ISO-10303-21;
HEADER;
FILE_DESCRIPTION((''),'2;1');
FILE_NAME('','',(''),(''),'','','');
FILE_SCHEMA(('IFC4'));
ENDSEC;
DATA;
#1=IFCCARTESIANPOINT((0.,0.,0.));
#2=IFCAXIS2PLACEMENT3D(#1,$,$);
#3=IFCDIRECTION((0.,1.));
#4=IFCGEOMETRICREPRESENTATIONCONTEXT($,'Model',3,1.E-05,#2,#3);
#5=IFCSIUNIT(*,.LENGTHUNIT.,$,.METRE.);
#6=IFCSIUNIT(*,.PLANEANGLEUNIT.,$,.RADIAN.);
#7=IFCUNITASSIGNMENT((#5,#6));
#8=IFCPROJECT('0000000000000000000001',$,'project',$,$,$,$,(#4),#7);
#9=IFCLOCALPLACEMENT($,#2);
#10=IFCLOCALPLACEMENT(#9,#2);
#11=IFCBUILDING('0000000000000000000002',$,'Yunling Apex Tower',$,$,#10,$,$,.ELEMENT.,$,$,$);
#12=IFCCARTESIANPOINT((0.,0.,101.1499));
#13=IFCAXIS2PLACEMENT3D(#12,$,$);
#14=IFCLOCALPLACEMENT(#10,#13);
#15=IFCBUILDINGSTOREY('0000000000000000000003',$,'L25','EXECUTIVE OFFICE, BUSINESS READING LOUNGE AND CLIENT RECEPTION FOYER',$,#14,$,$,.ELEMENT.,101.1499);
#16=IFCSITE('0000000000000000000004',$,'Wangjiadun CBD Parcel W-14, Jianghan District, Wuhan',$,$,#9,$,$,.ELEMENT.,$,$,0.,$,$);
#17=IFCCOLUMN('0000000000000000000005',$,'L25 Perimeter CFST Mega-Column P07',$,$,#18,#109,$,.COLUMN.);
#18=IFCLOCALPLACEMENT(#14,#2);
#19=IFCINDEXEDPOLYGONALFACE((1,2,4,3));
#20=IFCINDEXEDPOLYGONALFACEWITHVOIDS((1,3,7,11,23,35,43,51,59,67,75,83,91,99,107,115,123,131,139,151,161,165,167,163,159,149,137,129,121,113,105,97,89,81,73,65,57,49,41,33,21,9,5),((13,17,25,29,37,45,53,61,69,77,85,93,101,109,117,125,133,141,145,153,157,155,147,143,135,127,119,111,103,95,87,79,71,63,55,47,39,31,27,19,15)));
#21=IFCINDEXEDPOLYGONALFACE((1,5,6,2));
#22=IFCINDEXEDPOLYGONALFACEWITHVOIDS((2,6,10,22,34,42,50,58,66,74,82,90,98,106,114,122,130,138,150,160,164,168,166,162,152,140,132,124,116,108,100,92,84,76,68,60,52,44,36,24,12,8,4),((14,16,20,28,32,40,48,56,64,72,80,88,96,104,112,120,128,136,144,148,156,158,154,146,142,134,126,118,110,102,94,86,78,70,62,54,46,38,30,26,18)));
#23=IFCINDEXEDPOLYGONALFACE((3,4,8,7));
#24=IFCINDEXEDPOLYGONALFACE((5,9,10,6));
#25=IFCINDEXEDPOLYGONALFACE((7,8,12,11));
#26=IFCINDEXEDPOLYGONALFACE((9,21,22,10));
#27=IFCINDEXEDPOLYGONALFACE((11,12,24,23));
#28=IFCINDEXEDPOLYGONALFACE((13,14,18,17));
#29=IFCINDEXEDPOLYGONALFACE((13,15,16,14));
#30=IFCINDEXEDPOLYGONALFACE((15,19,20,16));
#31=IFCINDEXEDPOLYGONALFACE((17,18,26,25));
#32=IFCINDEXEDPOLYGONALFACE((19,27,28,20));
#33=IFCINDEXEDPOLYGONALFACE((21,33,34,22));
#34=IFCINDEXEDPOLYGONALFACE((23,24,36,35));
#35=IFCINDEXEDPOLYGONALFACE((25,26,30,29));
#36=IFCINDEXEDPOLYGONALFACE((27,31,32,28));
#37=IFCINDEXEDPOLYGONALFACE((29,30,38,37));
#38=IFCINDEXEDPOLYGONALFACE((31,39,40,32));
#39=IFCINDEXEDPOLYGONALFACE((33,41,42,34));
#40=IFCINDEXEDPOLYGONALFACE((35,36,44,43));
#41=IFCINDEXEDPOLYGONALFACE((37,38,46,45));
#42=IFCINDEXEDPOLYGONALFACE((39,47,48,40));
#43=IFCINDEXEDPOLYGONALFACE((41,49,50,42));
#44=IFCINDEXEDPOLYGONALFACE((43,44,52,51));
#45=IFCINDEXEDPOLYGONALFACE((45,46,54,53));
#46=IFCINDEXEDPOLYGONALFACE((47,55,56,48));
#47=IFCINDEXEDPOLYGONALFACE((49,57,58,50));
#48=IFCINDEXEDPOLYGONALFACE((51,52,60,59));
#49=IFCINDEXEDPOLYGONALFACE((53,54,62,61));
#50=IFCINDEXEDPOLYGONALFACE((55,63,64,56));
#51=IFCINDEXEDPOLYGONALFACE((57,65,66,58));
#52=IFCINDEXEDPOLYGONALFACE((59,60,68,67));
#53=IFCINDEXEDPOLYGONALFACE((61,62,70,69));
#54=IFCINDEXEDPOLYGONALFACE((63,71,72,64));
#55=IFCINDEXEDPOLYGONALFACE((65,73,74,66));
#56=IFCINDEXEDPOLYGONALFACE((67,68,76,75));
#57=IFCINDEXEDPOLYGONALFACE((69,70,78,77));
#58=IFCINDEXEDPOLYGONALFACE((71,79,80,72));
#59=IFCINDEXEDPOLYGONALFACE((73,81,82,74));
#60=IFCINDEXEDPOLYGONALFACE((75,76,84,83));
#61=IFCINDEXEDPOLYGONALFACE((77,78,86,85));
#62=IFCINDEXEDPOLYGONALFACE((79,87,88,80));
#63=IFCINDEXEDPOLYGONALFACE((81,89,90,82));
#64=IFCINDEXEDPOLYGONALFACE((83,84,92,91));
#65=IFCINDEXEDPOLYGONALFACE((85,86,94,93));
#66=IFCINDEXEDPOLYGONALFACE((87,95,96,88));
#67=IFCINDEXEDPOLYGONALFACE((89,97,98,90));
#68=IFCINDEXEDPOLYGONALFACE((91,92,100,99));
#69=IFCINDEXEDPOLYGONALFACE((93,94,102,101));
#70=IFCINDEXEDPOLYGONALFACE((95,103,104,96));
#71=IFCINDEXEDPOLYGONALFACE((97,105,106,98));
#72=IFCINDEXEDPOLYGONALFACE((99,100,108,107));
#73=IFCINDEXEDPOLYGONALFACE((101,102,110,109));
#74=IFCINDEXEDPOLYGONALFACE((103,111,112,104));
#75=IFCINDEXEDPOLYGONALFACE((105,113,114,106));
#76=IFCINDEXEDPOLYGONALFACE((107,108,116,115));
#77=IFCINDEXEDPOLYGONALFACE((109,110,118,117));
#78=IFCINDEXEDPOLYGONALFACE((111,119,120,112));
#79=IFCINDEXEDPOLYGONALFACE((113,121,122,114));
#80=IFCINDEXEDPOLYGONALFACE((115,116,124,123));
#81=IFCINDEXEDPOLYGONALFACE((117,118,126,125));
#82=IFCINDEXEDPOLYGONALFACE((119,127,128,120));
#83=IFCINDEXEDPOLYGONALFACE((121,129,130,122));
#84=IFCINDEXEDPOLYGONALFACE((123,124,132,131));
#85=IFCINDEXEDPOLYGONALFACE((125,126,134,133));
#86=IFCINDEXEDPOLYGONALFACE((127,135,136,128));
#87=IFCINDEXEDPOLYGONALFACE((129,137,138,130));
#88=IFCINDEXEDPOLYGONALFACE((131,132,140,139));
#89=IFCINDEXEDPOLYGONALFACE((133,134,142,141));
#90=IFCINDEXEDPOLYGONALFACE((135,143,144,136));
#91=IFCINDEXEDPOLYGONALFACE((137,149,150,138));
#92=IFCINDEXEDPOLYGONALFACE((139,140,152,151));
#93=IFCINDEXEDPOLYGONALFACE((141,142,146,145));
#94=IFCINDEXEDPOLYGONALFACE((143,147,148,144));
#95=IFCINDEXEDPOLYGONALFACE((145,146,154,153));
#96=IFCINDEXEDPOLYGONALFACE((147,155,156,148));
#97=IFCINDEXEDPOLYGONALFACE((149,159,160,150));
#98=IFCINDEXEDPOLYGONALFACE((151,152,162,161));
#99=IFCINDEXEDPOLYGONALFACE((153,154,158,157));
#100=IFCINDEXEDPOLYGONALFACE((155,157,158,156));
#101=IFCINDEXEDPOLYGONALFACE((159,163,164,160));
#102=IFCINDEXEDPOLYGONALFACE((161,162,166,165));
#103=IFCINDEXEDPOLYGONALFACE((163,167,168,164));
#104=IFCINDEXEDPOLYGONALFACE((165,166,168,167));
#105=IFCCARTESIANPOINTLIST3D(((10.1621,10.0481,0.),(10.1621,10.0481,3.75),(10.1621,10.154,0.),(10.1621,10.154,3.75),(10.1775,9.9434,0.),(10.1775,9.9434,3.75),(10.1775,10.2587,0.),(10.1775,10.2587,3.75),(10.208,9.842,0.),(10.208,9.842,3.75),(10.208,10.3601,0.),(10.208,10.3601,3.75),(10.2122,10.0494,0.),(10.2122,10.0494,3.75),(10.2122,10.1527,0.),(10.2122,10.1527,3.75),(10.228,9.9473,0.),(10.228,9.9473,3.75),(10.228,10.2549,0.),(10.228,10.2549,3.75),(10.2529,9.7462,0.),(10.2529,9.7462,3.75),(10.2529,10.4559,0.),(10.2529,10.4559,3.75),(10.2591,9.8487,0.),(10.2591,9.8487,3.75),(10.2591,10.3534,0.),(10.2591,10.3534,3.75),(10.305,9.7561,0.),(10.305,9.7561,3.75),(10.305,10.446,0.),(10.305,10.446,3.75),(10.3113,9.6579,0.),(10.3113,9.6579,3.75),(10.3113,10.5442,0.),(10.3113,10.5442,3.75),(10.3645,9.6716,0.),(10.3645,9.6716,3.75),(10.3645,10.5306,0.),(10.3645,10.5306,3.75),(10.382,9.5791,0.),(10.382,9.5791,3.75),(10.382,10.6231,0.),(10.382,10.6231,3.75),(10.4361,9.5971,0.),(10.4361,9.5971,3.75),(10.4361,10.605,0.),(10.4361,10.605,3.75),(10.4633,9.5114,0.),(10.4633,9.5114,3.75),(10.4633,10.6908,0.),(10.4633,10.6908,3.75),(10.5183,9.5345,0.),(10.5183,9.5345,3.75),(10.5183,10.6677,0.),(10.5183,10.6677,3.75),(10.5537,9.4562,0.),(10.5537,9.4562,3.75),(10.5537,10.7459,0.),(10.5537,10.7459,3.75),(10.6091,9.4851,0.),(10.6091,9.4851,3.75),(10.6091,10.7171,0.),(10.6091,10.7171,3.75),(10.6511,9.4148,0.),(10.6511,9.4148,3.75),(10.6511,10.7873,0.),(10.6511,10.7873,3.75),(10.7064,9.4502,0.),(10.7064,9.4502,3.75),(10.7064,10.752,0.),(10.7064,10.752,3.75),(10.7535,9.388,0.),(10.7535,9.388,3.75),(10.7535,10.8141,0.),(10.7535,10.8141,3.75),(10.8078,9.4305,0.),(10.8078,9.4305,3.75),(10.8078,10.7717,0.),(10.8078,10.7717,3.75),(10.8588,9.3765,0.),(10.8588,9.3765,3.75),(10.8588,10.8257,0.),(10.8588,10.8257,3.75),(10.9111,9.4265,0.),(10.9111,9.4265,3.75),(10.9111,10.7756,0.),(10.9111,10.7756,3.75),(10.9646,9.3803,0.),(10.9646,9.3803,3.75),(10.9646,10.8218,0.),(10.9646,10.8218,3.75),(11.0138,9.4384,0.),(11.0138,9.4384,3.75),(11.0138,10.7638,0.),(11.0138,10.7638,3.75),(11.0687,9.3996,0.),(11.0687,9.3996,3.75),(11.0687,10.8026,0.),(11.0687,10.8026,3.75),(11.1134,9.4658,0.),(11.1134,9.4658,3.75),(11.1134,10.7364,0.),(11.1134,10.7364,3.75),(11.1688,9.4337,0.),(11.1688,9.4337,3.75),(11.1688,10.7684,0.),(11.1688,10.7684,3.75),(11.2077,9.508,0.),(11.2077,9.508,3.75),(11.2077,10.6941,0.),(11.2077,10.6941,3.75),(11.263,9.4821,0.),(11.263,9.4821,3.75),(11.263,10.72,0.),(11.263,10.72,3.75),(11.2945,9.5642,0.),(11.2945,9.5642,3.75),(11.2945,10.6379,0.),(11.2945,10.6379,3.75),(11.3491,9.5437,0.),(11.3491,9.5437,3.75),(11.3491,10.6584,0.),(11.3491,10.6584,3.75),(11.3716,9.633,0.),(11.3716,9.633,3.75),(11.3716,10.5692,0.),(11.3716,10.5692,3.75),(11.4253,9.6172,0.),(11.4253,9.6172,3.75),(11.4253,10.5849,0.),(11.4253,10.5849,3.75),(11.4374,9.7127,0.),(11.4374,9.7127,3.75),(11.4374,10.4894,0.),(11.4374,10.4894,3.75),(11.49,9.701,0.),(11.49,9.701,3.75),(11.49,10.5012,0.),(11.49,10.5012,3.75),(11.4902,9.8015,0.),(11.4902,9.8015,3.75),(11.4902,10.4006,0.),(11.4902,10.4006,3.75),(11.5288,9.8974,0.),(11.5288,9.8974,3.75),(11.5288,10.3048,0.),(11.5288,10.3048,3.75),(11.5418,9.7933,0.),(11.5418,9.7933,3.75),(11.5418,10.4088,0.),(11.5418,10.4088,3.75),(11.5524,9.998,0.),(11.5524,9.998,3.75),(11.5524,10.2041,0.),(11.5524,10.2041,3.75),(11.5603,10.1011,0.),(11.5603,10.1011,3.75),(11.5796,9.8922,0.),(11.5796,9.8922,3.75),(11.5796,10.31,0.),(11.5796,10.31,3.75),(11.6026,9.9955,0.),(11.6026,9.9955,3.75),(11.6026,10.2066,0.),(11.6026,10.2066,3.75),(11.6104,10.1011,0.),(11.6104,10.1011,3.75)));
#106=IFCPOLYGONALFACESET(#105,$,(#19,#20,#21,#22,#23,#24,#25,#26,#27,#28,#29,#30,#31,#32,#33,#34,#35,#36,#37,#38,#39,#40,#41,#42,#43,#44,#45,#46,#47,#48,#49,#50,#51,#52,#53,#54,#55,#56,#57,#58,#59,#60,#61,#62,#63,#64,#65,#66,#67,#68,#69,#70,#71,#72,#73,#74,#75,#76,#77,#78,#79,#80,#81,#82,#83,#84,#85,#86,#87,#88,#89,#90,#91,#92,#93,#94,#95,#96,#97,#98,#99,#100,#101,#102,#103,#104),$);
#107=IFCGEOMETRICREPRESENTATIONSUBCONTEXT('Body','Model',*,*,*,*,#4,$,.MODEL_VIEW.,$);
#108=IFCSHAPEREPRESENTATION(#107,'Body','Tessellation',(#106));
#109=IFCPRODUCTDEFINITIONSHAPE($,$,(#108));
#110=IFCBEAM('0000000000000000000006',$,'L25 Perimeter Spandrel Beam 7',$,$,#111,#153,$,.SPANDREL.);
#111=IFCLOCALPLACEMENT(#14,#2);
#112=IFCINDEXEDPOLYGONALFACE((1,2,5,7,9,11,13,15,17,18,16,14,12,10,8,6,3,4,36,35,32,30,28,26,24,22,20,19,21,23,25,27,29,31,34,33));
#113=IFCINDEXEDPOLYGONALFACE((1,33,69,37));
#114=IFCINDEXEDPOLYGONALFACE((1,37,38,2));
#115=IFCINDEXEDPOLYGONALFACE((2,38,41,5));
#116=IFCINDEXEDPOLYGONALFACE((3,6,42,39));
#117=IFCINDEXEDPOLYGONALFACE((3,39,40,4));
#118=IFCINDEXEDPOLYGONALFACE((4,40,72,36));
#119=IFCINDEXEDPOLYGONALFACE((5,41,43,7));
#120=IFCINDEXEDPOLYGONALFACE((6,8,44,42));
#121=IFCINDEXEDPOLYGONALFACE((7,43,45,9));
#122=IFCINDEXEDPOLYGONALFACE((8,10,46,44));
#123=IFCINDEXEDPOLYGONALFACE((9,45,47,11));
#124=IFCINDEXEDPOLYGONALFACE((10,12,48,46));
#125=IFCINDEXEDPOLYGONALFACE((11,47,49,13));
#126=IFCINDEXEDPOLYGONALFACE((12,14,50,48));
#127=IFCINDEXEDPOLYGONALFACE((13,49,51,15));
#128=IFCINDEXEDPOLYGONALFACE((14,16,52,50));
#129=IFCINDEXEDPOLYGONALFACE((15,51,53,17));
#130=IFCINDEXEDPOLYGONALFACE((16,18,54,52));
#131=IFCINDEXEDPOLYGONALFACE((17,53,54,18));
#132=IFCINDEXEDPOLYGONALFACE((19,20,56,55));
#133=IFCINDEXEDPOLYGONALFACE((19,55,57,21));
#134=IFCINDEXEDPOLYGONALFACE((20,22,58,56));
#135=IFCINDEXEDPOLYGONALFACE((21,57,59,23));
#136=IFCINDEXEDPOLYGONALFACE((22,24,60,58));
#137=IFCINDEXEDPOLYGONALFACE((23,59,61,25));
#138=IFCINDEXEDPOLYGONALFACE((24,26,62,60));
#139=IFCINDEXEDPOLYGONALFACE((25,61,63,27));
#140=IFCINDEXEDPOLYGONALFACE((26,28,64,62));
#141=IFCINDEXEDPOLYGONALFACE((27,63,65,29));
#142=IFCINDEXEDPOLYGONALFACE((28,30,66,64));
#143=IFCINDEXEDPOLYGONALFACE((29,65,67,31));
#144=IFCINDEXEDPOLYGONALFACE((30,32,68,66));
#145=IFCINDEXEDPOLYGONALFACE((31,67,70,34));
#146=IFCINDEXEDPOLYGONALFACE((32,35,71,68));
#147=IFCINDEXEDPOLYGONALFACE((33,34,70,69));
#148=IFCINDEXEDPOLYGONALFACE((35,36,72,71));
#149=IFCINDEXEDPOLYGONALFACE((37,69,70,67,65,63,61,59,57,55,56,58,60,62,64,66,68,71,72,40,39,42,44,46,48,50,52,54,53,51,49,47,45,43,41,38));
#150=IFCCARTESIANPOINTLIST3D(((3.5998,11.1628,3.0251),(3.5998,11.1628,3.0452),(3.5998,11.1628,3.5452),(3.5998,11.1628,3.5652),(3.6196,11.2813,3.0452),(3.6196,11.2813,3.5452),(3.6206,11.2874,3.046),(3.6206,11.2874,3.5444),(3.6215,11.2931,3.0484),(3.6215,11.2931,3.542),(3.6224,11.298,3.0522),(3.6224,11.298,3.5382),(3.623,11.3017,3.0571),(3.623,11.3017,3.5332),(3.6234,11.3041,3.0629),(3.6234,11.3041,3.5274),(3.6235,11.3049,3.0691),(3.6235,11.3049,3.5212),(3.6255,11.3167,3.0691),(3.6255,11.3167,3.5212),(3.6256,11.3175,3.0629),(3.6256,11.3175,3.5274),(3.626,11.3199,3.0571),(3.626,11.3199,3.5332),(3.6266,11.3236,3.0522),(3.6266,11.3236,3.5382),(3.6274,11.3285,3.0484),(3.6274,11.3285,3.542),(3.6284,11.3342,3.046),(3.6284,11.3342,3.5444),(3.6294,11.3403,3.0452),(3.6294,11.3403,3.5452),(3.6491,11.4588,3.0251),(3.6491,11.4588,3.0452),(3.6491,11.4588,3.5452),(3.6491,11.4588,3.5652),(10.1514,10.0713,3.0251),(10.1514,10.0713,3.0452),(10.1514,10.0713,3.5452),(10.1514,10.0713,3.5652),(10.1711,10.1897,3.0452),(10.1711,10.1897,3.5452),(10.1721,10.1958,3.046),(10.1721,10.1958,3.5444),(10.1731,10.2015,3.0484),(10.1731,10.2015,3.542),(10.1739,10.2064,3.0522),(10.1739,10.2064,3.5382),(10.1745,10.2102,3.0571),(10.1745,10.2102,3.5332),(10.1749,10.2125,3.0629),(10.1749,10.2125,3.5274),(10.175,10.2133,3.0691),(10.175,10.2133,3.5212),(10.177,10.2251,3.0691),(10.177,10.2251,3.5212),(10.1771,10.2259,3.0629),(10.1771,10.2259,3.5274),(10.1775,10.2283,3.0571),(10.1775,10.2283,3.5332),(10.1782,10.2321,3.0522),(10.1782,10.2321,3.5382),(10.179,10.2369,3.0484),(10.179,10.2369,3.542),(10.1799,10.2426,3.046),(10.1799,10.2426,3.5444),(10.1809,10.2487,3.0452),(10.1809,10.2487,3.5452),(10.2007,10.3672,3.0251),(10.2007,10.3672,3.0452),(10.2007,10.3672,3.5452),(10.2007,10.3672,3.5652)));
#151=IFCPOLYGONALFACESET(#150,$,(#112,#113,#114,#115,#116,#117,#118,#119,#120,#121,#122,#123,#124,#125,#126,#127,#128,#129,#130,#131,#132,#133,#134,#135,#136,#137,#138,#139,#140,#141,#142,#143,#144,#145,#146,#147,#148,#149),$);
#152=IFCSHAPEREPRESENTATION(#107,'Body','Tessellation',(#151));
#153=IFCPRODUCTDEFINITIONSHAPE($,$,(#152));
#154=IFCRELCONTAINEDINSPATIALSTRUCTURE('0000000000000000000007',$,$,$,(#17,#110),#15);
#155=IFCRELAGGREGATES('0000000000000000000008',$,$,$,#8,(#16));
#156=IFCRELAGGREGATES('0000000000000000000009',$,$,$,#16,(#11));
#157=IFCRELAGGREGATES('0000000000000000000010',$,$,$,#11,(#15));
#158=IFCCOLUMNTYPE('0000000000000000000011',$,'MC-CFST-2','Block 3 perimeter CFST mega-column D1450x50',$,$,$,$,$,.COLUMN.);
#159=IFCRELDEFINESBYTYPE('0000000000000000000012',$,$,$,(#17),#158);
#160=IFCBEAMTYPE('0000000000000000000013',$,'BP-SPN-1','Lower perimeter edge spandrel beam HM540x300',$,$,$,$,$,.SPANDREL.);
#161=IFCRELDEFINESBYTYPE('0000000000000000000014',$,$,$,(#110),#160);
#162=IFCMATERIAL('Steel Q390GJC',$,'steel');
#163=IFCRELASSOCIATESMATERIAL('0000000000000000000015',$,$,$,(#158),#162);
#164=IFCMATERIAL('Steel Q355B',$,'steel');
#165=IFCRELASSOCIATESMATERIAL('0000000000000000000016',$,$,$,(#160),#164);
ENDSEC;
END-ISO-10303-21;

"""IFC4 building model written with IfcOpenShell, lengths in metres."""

from ifc_helpers import new_model, si_unit, direction, frame, origin, origin_2d, place, context, subcontext, project, spatial, hollow_circle, i_section, extrude, source, transform, mapped, material, material_profile, profile_set, type_object, element, save


model = new_model("IFC4")

# Units and contexts
model_context = context("Model", 3, precision=1e-05, world=origin(), true_north=direction((0.0, 1.0)))
body_context = subcontext(model_context, "Body", "Model", "MODEL_VIEW")
ifc_project = project(units=[si_unit("LENGTHUNIT", "METRE"), si_unit("PLANEANGLEUNIT", "RADIAN")], contexts=[model_context])

# Site, building, storey
site_placement = place(None, origin())
site = spatial("IfcSite", under=ifc_project, at=site_placement, Name="Wangjiadun CBD Parcel W-14, Jianghan District, Wuhan", CompositionType="ELEMENT", RefElevation=0.0)
building_placement = place(site_placement, origin())
building = spatial("IfcBuilding", under=site, at=building_placement, Name="Yunling Apex Tower", CompositionType="ELEMENT")
storey_placement = place(building_placement, frame((0.0, 0.0, 101.1499)))
storey = spatial("IfcBuildingStorey", under=building, at=storey_placement, Name="L25", Description="EXECUTIVE OFFICE, BUSINESS READING LOUNGE AND CLIENT RECEPTION FOYER", CompositionType="ELEMENT", Elevation=101.1499)

# Column
ifc_material_1 = material(Name="Steel Q390GJC", Category="steel")
ifc_material_profile_1 = material_profile(ifc_material_1, hollow_circle(Radius=0.7251, WallThickness=0.05, at=origin_2d()))
ifc_profile_set_1 = profile_set([ifc_material_profile_1], Name="Steel Q390GJC")
column_type = type_object("IfcColumnType", Name="MC-CFST-2", Description="Block 3 perimeter CFST mega-column D1450x50", PredefinedType="COLUMN", material=ifc_profile_set_1)
shared_shape_1 = source(origin(), body_context, "Body", "SweptSolid", [
    extrude(hollow_circle(Radius=0.7251, WallThickness=0.05, at=origin_2d()), origin(), (0.0, 0.0, 1.0), 3.75),
])
column_placement = place(storey_placement, frame((10.8853, 10.1011, 0.0), z_axis=(0.0, 0.0, 1.0), x_axis=(1.0, 0.0, 0.0)))
element("IfcColumn", 1, at=column_placement, inside=storey, type_object=column_type, Name="L25 Perimeter CFST Mega-Column P07", PredefinedType="COLUMN", context=body_context, shape_type="MappedRepresentation", body=[
    mapped(shared_shape_1, transform((0.0, 0.0, 0.0), scale=1.0)),
])

# Beam
ifc_material_2 = material(Name="Steel Q355B", Category="steel")
ifc_material_profile_2 = material_profile(ifc_material_2, i_section(OverallWidth=0.3, OverallDepth=0.54, WebThickness=0.012, FlangeThickness=0.02, FilletRadius=0.0239, at=origin_2d()))
ifc_profile_set_2 = profile_set([ifc_material_profile_2], Name="Steel Q355B")
beam_type_1 = type_object("IfcBeamType", Name="BP-SPN-1", Description="Lower perimeter edge spandrel beam HM540x300", PredefinedType="SPANDREL", material=ifc_profile_set_2)
shared_shape_2 = source(origin(), body_context, "Body", "SweptSolid", [
    extrude(i_section(OverallWidth=0.3, OverallDepth=0.54, WebThickness=0.012, FlangeThickness=0.02, FilletRadius=0.0239, at=origin_2d()), origin(), (0.0, 0.0, 1.0), 6.6418),
])
beam_1_placement = place(storey_placement, frame((10.176, 10.2192, 3.2952), z_axis=(-0.986403, 0.164345, 0.0), x_axis=(-0.164345, -0.986403, 0.0)))
element("IfcBeam", 2, at=beam_1_placement, inside=storey, type_object=beam_type_1, Name="L25 Perimeter Spandrel Beam 7", PredefinedType="SPANDREL", context=body_context, shape_type="MappedRepresentation", body=[
    mapped(shared_shape_2, transform((0.0, 0.0, 0.0), scale=1.0)),
])

save(model, "model.ifc")
